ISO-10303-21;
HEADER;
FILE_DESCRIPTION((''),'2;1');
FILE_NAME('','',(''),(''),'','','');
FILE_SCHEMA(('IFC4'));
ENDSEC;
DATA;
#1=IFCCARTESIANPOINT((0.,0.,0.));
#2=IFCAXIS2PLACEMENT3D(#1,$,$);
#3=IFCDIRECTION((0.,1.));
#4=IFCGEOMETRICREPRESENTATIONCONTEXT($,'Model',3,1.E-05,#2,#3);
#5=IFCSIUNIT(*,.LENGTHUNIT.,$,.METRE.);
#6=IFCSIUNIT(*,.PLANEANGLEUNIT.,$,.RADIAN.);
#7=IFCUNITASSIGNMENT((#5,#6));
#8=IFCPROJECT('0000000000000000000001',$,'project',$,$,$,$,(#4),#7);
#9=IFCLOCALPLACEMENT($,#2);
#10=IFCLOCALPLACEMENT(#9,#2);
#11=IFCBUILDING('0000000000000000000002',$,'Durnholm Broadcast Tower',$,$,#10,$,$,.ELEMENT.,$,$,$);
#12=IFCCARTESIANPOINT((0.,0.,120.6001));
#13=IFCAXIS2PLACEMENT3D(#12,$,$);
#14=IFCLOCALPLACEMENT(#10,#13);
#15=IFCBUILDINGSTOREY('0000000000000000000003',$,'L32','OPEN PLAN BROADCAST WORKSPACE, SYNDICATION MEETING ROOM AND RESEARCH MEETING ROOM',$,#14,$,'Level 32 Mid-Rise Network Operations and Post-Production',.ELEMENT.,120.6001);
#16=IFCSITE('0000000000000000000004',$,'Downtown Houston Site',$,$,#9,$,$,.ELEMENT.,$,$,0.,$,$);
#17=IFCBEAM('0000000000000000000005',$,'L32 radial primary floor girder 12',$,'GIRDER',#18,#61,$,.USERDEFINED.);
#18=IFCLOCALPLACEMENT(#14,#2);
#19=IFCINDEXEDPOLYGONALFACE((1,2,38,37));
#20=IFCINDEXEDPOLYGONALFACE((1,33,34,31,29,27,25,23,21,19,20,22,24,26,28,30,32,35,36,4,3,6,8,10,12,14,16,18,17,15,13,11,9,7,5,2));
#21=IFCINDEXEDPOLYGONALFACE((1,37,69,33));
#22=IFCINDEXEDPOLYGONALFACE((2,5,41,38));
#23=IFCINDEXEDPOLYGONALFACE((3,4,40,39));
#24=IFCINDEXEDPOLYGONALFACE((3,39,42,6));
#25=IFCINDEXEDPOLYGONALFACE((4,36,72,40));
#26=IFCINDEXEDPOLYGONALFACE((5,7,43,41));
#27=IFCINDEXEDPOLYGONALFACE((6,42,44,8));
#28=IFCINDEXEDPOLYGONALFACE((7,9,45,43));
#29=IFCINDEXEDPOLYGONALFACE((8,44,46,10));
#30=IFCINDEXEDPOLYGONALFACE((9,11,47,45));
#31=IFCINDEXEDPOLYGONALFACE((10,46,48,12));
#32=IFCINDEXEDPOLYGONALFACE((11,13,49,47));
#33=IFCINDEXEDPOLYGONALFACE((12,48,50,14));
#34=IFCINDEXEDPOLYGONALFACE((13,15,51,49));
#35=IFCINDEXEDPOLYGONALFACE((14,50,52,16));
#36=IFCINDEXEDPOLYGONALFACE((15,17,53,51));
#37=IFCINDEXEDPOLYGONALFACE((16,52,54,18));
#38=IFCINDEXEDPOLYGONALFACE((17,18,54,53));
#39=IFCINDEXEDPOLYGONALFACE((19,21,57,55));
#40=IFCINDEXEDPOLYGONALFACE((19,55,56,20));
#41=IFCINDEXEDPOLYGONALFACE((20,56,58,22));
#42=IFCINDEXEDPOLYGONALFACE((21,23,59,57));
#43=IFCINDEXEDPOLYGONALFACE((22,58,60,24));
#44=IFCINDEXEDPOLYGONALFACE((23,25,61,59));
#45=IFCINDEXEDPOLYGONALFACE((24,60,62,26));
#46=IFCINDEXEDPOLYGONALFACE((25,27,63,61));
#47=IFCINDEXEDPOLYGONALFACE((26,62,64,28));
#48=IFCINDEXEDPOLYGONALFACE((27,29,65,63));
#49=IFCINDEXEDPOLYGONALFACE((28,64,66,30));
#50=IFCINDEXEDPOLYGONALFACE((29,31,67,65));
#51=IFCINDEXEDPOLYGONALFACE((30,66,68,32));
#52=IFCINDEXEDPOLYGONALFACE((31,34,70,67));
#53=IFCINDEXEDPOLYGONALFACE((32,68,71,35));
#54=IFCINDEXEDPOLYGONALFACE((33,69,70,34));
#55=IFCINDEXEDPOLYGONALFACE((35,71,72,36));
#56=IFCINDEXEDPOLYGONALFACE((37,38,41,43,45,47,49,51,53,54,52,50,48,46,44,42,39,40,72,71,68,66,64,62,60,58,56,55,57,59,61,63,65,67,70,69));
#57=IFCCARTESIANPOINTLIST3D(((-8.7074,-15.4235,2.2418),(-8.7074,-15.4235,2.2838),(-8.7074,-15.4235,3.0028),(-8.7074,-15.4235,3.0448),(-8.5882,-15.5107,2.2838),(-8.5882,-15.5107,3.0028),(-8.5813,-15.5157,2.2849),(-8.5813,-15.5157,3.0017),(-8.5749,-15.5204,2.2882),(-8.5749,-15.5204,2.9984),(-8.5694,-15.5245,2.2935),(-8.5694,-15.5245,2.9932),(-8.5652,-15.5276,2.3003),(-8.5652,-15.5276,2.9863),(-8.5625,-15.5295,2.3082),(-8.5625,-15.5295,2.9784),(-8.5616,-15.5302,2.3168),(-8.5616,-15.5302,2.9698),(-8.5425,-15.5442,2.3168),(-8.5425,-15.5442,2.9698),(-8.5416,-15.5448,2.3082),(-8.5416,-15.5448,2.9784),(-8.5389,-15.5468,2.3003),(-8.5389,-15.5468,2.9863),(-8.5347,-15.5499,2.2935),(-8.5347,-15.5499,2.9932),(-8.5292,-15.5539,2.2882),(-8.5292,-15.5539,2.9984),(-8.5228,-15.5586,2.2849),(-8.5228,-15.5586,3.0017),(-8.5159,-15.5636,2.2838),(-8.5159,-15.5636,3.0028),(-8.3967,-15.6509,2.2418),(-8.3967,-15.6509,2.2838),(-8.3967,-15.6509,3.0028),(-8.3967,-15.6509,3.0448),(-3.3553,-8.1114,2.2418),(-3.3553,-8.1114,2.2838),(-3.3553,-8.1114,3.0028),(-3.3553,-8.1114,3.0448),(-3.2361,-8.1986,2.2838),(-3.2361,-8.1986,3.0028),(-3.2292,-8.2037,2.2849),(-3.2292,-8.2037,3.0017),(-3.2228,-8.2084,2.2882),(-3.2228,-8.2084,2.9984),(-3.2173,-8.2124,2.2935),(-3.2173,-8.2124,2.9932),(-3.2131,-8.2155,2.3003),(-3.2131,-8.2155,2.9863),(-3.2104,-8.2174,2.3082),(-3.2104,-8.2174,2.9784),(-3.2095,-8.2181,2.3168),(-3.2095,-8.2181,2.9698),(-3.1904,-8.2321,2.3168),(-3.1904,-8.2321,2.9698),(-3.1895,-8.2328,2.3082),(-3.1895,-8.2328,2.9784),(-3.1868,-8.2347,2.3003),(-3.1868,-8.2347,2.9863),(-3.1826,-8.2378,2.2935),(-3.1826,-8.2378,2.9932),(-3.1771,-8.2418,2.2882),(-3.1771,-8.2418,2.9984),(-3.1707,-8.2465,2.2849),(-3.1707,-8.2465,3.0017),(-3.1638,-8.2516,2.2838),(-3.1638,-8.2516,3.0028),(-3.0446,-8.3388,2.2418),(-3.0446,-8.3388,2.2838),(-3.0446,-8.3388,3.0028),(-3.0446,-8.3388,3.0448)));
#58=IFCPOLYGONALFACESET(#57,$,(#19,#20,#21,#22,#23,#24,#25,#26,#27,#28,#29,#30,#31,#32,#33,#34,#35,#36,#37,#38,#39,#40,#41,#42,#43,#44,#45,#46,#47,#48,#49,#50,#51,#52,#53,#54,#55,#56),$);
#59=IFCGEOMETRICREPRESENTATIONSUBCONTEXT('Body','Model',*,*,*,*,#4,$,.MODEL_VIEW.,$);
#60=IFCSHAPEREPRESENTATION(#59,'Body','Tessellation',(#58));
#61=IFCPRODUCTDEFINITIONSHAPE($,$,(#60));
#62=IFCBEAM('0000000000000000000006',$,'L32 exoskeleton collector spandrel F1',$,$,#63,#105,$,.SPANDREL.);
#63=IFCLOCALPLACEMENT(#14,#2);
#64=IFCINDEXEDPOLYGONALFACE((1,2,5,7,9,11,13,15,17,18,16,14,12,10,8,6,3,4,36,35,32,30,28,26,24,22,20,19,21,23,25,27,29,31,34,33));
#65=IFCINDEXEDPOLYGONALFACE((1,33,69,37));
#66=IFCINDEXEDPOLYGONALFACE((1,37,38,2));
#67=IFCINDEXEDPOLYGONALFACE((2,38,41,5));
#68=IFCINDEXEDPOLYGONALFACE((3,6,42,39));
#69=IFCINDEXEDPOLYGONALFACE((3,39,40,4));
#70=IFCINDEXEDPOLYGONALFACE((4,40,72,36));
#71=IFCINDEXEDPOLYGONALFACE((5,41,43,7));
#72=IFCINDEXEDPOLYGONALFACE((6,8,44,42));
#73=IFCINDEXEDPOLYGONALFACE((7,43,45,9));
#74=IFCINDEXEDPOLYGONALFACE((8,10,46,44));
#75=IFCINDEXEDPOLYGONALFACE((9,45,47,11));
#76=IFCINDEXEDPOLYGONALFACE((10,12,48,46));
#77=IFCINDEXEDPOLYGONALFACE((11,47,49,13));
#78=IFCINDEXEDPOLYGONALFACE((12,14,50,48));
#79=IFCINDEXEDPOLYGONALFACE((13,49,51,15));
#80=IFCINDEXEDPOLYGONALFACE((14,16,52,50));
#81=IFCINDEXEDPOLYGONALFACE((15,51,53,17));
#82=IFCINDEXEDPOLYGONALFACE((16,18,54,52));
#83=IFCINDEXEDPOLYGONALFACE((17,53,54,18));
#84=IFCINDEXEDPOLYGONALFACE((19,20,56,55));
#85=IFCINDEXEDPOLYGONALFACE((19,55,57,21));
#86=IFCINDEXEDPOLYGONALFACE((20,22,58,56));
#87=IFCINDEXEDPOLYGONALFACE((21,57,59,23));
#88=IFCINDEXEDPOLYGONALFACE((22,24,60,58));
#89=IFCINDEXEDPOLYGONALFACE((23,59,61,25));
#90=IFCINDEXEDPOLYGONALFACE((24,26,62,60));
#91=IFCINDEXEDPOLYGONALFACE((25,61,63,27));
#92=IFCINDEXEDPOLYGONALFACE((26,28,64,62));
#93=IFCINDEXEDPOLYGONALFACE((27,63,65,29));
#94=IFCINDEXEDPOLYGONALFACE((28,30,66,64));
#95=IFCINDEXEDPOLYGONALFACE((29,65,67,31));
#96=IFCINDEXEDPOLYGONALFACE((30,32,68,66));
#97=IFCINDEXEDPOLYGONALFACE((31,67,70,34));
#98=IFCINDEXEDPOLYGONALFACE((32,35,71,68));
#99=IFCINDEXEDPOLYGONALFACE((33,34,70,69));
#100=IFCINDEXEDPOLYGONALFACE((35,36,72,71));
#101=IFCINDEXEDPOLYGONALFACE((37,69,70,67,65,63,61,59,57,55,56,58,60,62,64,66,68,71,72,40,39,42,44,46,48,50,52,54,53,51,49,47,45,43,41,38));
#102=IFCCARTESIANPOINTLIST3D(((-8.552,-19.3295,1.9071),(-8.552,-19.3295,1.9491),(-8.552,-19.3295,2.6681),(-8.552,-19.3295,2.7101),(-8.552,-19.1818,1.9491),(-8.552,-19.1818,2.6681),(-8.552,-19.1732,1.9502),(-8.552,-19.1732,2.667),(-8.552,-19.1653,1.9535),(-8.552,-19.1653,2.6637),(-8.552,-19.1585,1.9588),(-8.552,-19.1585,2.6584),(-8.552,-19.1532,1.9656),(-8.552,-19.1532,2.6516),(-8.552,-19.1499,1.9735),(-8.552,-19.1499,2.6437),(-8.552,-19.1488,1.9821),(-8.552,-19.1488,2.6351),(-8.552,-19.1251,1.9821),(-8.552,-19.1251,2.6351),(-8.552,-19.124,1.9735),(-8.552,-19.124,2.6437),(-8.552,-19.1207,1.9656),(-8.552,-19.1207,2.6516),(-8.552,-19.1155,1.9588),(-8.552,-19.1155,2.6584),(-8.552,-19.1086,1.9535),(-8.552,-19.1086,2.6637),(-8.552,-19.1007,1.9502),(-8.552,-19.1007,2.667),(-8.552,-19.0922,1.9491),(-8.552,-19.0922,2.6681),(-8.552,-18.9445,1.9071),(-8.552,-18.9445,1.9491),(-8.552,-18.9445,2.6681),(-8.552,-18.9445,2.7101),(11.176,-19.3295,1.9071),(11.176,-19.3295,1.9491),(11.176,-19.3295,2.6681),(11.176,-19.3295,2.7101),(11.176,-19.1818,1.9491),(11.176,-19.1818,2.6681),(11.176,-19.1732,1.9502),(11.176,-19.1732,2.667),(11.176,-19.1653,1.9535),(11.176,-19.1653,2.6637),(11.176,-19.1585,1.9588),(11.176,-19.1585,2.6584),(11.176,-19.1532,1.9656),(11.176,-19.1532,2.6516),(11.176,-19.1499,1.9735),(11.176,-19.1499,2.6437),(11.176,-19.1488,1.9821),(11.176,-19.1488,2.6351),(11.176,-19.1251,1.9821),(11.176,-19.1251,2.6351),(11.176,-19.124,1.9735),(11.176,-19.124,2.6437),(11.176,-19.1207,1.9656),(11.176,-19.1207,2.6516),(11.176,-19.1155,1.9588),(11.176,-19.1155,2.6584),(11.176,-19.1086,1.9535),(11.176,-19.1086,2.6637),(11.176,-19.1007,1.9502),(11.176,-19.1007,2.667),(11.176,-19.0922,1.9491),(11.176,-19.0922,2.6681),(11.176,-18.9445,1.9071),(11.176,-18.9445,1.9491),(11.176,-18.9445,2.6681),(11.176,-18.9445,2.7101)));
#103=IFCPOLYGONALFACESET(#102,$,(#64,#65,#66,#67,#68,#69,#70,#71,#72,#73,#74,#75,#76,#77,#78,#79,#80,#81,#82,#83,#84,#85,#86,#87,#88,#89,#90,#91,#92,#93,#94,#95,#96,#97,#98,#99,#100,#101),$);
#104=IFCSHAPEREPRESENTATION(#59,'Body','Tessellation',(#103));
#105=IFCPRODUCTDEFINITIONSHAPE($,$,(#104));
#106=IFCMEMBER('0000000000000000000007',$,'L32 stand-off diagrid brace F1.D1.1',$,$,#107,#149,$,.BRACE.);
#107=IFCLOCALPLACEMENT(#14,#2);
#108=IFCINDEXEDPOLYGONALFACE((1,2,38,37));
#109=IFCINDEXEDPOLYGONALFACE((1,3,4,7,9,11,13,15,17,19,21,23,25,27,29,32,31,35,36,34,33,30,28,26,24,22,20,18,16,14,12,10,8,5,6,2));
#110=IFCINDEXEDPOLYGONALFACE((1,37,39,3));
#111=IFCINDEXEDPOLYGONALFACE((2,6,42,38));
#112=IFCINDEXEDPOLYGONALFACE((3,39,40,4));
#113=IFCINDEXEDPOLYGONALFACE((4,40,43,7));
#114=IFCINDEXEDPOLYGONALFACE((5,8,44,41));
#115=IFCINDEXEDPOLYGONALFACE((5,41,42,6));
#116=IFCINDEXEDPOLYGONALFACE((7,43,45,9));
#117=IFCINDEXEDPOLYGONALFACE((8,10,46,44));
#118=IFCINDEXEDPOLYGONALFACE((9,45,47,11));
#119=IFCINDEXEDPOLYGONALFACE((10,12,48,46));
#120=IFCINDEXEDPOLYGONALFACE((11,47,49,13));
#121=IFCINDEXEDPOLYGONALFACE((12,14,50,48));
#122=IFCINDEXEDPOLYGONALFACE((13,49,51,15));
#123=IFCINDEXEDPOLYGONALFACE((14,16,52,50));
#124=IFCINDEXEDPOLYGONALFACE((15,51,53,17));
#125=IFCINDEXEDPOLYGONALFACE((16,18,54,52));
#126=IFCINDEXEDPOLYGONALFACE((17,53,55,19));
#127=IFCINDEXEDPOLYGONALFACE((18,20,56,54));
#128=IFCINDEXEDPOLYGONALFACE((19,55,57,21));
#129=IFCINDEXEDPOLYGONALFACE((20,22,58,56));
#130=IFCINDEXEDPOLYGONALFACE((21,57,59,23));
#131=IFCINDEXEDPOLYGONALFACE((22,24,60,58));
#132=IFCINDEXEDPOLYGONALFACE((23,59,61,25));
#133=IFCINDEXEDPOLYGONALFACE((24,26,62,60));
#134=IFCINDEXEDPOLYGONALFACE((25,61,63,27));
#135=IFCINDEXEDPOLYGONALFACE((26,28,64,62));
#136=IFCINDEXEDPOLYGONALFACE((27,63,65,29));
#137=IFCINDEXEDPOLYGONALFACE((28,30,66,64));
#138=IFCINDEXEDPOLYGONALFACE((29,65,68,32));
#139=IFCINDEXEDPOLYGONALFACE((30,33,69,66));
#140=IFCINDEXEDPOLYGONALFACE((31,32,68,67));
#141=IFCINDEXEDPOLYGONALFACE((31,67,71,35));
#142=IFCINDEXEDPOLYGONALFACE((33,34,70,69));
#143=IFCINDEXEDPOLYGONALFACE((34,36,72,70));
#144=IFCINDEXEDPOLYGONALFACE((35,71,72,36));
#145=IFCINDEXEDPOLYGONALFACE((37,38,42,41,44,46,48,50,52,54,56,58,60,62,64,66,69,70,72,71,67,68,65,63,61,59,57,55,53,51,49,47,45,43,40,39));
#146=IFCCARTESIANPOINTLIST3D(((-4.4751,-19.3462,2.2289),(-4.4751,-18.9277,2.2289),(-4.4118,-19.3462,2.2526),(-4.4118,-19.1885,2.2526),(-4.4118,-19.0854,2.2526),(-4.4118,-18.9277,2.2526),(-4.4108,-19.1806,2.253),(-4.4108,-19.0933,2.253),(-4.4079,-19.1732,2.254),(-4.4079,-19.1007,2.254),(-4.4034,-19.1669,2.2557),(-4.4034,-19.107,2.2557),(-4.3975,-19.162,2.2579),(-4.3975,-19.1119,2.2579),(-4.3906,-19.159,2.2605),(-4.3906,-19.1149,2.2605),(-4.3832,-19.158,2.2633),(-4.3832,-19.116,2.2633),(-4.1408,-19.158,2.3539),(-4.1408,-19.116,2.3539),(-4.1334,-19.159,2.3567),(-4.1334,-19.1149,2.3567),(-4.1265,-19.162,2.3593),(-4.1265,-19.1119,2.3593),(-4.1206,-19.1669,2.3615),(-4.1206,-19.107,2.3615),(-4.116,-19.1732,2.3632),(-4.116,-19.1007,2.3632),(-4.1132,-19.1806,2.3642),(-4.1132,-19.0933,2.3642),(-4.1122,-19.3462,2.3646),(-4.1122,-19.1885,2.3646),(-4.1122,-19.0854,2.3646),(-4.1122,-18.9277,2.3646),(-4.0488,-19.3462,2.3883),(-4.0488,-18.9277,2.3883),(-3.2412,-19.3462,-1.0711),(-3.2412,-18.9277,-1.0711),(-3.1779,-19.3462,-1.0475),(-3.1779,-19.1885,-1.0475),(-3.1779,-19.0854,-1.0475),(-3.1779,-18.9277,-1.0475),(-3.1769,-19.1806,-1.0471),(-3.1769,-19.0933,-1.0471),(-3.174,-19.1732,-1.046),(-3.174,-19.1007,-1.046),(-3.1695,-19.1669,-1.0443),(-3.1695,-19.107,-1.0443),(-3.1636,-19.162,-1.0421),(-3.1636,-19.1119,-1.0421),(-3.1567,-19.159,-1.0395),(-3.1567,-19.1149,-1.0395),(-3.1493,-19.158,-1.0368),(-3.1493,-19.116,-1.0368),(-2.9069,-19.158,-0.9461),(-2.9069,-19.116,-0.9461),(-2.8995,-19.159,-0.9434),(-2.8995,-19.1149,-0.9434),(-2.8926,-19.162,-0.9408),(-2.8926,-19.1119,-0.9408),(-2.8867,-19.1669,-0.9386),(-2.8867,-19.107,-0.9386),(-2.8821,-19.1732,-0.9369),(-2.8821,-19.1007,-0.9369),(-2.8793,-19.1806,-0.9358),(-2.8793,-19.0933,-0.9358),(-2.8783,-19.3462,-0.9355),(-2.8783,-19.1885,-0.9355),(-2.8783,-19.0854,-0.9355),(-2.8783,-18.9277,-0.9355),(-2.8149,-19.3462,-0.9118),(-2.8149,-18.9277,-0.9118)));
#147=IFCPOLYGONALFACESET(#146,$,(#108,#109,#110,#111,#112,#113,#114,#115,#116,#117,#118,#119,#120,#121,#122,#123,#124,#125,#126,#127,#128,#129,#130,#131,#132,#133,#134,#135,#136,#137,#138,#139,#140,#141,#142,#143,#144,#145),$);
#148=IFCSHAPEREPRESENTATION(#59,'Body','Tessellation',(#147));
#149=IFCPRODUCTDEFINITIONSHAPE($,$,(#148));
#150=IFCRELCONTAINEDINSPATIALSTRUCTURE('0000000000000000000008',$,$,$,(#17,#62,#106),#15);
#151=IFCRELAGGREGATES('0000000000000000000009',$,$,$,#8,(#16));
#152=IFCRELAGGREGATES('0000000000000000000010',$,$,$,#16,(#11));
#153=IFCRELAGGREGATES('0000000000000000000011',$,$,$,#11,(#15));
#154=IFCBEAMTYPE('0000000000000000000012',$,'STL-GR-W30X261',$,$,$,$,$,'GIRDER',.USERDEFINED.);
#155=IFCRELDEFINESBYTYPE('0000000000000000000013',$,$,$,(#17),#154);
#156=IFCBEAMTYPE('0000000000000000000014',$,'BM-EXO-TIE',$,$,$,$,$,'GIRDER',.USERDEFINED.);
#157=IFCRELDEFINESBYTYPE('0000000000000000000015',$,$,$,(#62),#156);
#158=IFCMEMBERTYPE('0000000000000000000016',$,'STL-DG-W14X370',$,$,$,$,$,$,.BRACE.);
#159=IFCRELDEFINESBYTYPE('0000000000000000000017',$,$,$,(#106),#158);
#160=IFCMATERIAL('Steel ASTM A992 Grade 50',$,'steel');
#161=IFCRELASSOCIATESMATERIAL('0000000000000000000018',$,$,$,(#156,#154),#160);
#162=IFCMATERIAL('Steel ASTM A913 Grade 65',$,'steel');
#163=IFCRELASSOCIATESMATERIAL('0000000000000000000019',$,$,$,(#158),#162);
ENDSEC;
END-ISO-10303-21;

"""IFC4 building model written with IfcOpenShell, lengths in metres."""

from ifc_helpers import new_model, si_unit, direction, frame, origin, origin_2d, place, context, subcontext, project, spatial, i_section, extrude, source, transform, mapped, material, material_profile, profile_set, type_object, type_shapes, element, save


model = new_model("IFC4")

# Units and contexts
model_context = context("Model", 3, precision=1e-05, world=origin(), true_north=direction((0.0, 1.0)))
body_context = subcontext(model_context, "Body", "Model", "MODEL_VIEW")
ifc_project = project(units=[si_unit("LENGTHUNIT", "METRE"), si_unit("PLANEANGLEUNIT", "RADIAN")], contexts=[model_context])

# Site, building, storey
site_placement = place(None, origin())
site = spatial("IfcSite", under=ifc_project, at=site_placement, Name="Downtown Houston Site", CompositionType="ELEMENT", RefElevation=0.0)
building_placement = place(site_placement, origin())
building = spatial("IfcBuilding", under=site, at=building_placement, Name="Durnholm Broadcast Tower", CompositionType="ELEMENT")
storey_placement = place(building_placement, frame((0.0, 0.0, 120.6001)))
storey = spatial("IfcBuildingStorey", under=building, at=storey_placement, Name="L32", Description="OPEN PLAN BROADCAST WORKSPACE, SYNDICATION MEETING ROOM AND RESEARCH MEETING ROOM", LongName="Level 32 Mid-Rise Network Operations and Post-Production", CompositionType="ELEMENT", Elevation=120.6001)

# Beams
ifc_material_1 = material(Name="Steel ASTM A992 Grade 50", Category="steel")
ifc_material_profile_1 = material_profile(ifc_material_1, i_section(OverallWidth=0.385, OverallDepth=0.803, WebThickness=0.0237, FlangeThickness=0.042, FilletRadius=0.033, at=origin_2d()), Name="W30X261")
ifc_profile_set_1 = profile_set([ifc_material_profile_1], Name="Steel ASTM A992 Grade 50")
beam_type_1 = type_object("IfcBeamType", Name="BM-EXO-TIE", ElementType="GIRDER", PredefinedType="USERDEFINED", material=ifc_profile_set_1)
ifc_material_profile_2 = material_profile(ifc_material_1, i_section(OverallWidth=0.385, OverallDepth=0.803, WebThickness=0.0237, FlangeThickness=0.042, FilletRadius=0.033, at=origin_2d()), Name="W30X261")
ifc_profile_set_2 = profile_set([ifc_material_profile_2], Name="Steel ASTM A992 Grade 50")
beam_type_2 = type_object("IfcBeamType", Name="STL-GR-W30X261", ElementType="GIRDER", PredefinedType="USERDEFINED", material=ifc_profile_set_2)
shared_shape_1 = source(origin(), body_context, "Body", "SweptSolid", [
    extrude(i_section(OverallWidth=0.385, OverallDepth=0.803, WebThickness=0.0237, FlangeThickness=0.042, FilletRadius=0.033, at=origin_2d()), origin(), (0.0, 0.0, 1.0), 9.0615),
])
beam_1_placement = place(storey_placement, frame((-3.2, -8.2251, 2.6433), z_axis=(-0.590639, -0.806936, 0.0), x_axis=(0.806936, -0.590639, 0.0)))
element("IfcBeam", 1, at=beam_1_placement, inside=storey, type_object=beam_type_2, Name="L32 radial primary floor girder 12", ObjectType="GIRDER", PredefinedType="USERDEFINED", context=body_context, shape_type="MappedRepresentation", body=[
    mapped(shared_shape_1, transform((0.0, 0.0, 0.0), x_axis=(1.0, 0.0, 0.0), y_axis=(0.0, 1.0, 0.0), z_axis=(0.0, 0.0, 1.0), scale=1.0)),
])
shared_shape_2 = source(origin(), body_context, "Body", "SweptSolid", [
    extrude(i_section(OverallWidth=0.385, OverallDepth=0.803, WebThickness=0.0237, FlangeThickness=0.042, FilletRadius=0.033, at=origin_2d()), origin(), (0.0, 0.0, 1.0), 19.728),
])
beam_2_placement = place(storey_placement, frame((-8.552, -19.137, 2.3086), z_axis=(1.0, 0.0, 0.0), x_axis=(0.0, 1.0, 0.0)))
element("IfcBeam", 2, at=beam_2_placement, inside=storey, type_object=beam_type_1, Name="L32 exoskeleton collector spandrel F1", PredefinedType="SPANDREL", context=body_context, shape_type="MappedRepresentation", body=[
    mapped(shared_shape_2, transform((0.0, 0.0, 0.0), x_axis=(1.0, 0.0, 0.0), y_axis=(0.0, 1.0, 0.0), z_axis=(0.0, 0.0, 1.0), scale=1.0)),
])

# Member
ifc_material_2 = material(Name="Steel ASTM A913 Grade 65", Category="steel")
ifc_material_profile_3 = material_profile(ifc_material_2, i_section(OverallWidth=0.4185, OverallDepth=0.4551, WebThickness=0.042, FlangeThickness=0.0676, FilletRadius=0.0305, at=origin_2d()), Name="W14X370")
ifc_profile_set_3 = profile_set([ifc_material_profile_3], Name="Steel ASTM A913 Grade 65")
member_type_1 = type_object("IfcMemberType", Name="STL-DG-W14X370", PredefinedType="BRACE", material=ifc_profile_set_3)
shared_shape_3 = source(origin(), body_context, "Body", "SweptSolid", [
    extrude(i_section(OverallWidth=0.4185, OverallDepth=0.4551, WebThickness=0.042, FlangeThickness=0.0676, FilletRadius=0.0305, at=origin_2d()), origin(), (0.0, 0.0, 1.0), 3.5232),
])
type_shapes(member_type_1, [shared_shape_3])
for number, where, z_axis, x_axis, name in (
    (3, (-3.0281, -19.137, -0.9915), (-0.35022, 0.0, 0.936668), (0.0, -1.0, 0.0), "L32 stand-off diagrid brace F1.D1.1"),
):
    element("IfcMember", number, at=place(storey_placement, frame(where, z_axis=z_axis, x_axis=x_axis)), inside=storey, type_object=member_type_1, Name=name, PredefinedType="BRACE", context=body_context, shape_type="MappedRepresentation", body=[
        mapped(shared_shape_3, transform((0.0, 0.0, 0.0), x_axis=(1.0, 0.0, 0.0), y_axis=(0.0, 1.0, 0.0), z_axis=(0.0, 0.0, 1.0), scale=1.0)),
    ])

save(model, "model.ifc")
